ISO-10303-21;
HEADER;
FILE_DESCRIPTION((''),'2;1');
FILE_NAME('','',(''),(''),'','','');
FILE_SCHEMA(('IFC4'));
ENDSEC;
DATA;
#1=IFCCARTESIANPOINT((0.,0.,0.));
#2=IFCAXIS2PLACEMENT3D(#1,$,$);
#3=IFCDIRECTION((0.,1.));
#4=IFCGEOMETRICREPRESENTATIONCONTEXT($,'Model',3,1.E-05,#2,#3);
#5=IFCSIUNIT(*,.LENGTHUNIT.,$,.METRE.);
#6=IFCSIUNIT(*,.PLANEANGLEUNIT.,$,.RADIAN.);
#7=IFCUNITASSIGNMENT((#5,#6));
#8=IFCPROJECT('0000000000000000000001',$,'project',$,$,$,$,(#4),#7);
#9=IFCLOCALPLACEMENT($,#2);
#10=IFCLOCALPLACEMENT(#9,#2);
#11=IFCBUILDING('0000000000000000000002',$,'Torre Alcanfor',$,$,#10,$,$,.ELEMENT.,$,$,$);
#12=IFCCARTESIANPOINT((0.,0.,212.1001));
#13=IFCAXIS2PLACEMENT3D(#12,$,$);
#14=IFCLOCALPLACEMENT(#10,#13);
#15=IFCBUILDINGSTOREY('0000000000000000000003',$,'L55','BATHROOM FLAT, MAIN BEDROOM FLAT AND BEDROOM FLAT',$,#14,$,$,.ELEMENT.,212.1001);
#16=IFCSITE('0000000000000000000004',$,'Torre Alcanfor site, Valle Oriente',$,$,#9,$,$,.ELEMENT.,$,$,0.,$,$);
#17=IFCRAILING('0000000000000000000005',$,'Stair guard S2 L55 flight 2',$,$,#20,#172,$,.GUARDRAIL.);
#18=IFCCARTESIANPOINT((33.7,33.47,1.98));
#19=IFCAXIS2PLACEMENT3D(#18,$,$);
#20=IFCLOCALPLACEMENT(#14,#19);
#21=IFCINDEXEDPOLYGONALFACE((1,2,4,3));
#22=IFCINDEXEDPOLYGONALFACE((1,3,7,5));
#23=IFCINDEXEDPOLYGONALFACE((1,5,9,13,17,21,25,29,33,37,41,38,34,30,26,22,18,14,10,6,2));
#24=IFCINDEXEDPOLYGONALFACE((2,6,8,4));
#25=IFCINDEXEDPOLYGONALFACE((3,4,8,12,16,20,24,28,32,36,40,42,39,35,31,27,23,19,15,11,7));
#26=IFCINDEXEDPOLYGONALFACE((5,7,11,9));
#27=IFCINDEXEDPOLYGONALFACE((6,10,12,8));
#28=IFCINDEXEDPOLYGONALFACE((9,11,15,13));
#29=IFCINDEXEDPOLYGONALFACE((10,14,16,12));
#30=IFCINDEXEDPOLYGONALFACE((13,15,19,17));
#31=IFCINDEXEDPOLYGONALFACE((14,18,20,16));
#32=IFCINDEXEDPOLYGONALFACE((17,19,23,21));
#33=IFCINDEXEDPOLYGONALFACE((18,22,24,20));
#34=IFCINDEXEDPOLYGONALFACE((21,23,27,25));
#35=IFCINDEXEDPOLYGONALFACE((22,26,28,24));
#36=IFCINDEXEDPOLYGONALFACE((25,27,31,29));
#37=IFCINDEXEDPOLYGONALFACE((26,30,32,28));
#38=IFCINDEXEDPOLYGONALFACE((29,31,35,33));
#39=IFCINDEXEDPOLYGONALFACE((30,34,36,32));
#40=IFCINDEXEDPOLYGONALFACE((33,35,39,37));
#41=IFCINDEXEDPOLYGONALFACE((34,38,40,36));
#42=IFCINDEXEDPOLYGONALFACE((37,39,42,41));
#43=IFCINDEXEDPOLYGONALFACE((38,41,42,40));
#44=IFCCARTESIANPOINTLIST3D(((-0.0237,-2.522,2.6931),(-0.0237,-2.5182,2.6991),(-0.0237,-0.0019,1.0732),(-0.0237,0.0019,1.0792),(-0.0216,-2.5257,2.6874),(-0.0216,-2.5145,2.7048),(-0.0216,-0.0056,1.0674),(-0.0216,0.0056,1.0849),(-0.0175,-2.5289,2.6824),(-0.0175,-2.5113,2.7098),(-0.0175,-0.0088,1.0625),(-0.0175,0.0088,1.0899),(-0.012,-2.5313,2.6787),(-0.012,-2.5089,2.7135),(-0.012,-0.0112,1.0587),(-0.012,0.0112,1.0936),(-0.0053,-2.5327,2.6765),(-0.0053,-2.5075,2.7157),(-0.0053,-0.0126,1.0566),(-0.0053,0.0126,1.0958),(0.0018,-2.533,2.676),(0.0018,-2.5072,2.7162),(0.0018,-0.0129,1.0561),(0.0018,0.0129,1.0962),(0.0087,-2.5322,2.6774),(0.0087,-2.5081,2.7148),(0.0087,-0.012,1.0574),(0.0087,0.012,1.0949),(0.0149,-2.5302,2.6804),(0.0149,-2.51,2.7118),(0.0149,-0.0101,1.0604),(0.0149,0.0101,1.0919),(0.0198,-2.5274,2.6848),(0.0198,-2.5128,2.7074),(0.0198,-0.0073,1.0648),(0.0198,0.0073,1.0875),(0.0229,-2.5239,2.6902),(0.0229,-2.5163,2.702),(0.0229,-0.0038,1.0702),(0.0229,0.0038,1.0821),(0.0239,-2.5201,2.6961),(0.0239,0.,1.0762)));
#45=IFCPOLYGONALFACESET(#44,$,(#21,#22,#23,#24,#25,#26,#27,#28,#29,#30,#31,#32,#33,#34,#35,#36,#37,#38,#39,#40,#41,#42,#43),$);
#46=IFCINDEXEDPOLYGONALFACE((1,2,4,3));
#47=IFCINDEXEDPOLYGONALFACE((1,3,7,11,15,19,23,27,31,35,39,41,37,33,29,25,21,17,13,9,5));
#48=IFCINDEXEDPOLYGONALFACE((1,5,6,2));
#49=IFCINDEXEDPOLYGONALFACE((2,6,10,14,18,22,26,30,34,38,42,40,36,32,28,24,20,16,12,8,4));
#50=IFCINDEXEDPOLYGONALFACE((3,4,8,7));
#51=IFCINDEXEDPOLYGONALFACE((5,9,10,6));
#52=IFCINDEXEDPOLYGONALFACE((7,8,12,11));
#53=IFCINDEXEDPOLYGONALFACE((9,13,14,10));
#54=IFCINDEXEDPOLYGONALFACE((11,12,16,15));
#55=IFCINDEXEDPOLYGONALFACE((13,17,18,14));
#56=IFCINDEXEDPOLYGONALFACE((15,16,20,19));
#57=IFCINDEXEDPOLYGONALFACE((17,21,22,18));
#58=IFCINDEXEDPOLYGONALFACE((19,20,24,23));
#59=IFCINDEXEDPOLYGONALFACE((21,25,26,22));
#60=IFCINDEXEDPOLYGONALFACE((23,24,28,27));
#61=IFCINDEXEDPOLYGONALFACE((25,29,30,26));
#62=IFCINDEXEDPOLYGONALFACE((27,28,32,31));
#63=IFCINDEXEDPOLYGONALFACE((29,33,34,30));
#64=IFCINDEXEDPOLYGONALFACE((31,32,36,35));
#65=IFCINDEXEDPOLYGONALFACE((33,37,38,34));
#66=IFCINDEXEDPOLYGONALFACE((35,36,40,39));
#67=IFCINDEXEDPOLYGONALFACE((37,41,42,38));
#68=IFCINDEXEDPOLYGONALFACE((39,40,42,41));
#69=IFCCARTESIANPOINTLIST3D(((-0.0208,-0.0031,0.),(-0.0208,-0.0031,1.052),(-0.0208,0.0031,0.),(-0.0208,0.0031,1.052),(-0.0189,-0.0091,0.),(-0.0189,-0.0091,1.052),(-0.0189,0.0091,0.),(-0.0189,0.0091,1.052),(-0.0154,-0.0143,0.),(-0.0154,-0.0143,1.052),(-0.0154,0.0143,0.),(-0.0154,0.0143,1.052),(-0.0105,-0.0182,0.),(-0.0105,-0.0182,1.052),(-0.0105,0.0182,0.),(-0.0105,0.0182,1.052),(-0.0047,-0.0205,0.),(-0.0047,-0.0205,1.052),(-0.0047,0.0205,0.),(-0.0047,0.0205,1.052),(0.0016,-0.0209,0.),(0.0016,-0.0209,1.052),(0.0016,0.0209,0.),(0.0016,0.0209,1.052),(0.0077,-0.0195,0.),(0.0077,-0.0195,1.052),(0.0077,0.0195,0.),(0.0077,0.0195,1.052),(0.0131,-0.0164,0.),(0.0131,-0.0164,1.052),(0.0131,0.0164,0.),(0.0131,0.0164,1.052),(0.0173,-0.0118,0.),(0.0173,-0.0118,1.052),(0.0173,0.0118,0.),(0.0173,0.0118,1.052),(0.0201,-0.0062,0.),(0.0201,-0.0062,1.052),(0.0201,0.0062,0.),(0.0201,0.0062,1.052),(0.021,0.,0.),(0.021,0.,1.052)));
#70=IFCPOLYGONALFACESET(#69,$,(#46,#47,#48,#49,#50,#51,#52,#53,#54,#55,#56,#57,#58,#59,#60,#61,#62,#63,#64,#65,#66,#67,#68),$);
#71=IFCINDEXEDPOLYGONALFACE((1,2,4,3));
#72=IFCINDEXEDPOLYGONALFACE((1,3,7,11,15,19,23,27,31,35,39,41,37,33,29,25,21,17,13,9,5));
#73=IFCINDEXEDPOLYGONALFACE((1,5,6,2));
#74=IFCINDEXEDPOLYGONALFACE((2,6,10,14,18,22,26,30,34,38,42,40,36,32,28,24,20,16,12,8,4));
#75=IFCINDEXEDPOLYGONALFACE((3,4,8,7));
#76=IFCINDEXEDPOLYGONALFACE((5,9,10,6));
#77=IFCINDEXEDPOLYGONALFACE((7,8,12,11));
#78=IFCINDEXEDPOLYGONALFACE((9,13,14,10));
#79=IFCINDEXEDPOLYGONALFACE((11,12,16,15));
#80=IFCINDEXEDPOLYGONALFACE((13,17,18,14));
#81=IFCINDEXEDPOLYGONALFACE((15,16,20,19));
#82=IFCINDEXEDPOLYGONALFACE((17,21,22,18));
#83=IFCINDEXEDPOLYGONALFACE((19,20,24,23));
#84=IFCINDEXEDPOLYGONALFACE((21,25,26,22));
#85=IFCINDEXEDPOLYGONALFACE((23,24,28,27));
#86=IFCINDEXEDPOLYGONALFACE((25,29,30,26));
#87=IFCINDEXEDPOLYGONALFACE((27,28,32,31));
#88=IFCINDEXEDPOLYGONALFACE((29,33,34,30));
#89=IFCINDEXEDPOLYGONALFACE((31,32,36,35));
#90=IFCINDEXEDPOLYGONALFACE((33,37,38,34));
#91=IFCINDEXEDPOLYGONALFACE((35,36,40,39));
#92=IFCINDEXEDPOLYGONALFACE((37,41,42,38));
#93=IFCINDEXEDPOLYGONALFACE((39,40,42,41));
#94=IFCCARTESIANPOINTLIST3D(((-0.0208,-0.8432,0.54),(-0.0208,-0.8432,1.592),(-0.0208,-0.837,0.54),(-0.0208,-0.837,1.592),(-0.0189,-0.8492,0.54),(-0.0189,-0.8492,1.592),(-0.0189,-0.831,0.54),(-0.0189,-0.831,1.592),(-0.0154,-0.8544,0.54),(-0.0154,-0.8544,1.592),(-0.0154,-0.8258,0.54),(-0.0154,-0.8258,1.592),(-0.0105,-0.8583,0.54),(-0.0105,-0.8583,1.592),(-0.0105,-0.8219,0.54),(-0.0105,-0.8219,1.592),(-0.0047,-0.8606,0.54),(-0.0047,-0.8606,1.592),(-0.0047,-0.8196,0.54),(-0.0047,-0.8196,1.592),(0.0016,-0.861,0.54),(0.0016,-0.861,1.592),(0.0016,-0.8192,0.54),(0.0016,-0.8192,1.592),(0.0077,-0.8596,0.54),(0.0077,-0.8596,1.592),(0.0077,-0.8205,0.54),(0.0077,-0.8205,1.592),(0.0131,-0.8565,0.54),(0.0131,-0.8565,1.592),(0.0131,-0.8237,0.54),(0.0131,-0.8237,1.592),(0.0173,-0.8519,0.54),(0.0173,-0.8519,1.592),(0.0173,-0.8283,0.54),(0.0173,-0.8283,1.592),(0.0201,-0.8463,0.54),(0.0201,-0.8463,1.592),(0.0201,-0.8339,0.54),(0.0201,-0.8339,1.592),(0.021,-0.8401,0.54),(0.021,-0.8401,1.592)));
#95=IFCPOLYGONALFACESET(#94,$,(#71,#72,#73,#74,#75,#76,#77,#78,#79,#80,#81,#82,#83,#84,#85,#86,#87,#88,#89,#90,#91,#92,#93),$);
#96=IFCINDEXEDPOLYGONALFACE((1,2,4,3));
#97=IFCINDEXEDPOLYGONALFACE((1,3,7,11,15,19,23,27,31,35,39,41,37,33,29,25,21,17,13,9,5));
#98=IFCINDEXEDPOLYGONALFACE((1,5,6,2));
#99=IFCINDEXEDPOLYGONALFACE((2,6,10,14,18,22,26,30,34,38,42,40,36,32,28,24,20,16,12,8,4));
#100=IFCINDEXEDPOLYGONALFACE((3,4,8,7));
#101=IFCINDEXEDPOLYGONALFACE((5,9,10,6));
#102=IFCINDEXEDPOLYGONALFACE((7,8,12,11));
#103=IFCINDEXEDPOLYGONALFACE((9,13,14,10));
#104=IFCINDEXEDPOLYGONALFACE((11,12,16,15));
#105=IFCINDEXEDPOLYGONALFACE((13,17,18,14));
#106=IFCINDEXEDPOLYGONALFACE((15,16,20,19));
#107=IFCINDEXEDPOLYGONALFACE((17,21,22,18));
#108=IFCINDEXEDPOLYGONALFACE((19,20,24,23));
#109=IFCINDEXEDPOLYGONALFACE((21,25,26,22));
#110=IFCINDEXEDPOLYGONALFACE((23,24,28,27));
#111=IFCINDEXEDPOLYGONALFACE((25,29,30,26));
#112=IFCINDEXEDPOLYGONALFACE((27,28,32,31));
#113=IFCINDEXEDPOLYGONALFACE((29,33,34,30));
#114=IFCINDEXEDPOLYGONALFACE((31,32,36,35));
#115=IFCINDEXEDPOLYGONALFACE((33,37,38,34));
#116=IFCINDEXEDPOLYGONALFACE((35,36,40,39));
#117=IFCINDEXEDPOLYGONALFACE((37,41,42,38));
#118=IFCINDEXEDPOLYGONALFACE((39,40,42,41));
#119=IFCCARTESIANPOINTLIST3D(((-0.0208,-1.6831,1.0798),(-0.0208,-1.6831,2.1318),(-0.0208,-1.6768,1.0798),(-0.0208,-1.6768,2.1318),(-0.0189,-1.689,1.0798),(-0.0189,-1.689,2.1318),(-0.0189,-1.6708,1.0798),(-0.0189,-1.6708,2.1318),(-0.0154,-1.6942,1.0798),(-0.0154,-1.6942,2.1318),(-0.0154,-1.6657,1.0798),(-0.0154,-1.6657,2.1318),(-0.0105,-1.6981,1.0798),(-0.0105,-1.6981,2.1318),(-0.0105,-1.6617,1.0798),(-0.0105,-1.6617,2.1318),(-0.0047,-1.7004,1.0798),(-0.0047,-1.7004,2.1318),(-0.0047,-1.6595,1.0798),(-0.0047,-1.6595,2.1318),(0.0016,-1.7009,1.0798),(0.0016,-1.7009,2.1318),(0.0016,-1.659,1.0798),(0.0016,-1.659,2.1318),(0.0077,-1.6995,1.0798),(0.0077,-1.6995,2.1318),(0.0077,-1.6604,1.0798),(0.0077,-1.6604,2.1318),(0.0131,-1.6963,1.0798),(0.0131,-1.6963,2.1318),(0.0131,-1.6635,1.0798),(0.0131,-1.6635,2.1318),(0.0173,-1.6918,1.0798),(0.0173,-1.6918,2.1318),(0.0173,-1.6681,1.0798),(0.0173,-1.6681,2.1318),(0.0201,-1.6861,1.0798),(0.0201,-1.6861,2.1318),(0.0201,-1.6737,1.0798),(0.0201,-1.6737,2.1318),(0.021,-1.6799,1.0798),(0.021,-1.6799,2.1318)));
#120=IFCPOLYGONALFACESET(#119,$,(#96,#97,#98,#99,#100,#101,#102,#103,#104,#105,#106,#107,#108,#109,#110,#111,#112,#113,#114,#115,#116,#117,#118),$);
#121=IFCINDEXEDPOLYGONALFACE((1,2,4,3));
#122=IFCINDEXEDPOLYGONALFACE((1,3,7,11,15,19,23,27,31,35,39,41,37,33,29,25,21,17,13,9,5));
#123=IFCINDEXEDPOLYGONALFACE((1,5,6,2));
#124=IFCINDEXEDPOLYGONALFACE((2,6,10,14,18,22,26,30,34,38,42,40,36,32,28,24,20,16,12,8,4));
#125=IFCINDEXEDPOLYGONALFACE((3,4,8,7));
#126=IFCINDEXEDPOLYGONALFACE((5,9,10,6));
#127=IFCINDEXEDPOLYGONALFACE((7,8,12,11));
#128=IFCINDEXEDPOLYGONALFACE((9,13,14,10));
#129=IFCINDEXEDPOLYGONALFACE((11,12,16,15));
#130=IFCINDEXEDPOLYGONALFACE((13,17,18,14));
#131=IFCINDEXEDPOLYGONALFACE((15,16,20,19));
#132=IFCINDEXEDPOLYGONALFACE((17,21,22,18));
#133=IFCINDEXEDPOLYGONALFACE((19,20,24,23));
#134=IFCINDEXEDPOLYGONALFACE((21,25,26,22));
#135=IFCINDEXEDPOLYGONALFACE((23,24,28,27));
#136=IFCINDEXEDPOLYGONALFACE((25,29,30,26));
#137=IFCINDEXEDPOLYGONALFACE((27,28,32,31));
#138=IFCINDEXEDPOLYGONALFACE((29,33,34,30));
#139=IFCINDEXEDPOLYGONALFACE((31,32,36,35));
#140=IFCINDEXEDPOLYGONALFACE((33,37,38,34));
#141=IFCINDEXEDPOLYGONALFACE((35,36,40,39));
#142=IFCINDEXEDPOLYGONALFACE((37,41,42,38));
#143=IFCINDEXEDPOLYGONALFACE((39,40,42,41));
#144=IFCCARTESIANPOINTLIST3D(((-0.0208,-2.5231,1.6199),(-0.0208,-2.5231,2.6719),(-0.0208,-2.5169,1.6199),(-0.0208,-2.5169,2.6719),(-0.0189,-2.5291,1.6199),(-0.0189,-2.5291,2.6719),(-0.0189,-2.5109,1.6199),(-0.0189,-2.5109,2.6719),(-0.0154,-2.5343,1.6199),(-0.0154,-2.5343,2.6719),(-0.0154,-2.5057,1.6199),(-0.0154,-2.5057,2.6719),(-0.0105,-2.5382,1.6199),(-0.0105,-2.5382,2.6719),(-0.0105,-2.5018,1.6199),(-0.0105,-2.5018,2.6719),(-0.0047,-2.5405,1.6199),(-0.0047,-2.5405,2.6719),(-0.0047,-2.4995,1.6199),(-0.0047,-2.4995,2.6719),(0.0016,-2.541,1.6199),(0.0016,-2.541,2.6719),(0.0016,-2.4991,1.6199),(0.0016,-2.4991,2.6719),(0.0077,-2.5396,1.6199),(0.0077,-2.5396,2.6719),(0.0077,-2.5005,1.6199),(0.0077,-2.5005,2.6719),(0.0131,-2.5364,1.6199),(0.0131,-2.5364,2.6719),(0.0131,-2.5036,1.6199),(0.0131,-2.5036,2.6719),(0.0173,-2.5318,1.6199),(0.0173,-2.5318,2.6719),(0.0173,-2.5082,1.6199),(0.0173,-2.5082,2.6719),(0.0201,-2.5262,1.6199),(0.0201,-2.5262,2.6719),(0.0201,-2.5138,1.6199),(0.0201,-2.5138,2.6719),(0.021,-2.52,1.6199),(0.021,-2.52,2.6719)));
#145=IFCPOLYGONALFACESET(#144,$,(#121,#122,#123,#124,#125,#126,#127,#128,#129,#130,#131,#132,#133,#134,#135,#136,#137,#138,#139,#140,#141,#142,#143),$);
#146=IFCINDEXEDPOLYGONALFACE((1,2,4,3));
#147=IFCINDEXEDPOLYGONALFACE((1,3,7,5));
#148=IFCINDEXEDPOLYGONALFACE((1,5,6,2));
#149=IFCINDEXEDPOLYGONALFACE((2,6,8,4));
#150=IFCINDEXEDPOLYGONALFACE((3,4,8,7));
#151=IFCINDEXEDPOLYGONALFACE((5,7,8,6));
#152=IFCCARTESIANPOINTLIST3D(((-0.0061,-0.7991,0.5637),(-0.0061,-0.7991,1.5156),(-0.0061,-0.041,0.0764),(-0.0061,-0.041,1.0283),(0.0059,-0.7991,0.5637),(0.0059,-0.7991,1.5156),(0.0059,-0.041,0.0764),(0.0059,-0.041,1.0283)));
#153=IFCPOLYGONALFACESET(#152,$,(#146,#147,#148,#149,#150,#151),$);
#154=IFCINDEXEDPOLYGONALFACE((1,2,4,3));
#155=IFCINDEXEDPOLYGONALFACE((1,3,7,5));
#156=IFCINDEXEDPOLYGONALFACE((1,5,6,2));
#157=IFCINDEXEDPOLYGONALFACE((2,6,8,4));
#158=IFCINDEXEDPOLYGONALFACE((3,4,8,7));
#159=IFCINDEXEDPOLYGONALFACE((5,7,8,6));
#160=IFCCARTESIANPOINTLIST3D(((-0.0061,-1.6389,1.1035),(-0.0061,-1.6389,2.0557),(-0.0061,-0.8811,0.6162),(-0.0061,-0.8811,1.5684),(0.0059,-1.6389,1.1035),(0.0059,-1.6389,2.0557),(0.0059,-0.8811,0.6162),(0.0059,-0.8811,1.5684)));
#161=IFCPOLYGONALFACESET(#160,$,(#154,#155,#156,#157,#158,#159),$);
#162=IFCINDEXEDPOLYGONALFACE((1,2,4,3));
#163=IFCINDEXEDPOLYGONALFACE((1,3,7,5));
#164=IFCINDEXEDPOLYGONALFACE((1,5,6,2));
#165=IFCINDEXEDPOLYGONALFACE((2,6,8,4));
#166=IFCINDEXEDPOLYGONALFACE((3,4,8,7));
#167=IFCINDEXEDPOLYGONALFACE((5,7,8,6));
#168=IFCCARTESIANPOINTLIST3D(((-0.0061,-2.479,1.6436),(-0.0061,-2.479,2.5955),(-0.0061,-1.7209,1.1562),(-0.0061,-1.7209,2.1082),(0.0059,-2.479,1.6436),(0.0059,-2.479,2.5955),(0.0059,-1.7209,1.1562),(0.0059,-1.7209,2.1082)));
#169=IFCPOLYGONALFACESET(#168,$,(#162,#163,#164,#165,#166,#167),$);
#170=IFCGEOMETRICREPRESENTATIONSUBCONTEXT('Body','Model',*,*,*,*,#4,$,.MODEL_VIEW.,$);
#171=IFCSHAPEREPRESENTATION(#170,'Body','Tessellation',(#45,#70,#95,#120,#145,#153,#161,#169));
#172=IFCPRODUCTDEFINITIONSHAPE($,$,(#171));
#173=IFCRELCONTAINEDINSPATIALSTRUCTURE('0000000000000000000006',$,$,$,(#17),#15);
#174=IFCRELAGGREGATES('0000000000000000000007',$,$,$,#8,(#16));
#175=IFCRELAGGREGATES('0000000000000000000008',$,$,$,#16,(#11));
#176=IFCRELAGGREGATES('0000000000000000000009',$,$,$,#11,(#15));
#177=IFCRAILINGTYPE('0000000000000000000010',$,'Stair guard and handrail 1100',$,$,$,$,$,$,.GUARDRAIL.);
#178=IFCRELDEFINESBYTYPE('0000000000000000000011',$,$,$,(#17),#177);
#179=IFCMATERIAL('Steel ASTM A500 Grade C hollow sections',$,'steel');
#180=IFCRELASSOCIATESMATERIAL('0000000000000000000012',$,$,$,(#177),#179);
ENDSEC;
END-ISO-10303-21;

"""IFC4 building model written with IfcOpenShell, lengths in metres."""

from ifc_helpers import new_model, si_unit, direction, frame, origin, origin_2d, place, context, subcontext, project, spatial, polyline, circle, outline, extrude, material, type_object, element, save


model = new_model("IFC4")

# Units and contexts
model_context = context("Model", 3, precision=1e-05, world=origin(), true_north=direction((0.0, 1.0)))
body_context = subcontext(model_context, "Body", "Model", "MODEL_VIEW")
ifc_project = project(units=[si_unit("LENGTHUNIT", "METRE"), si_unit("PLANEANGLEUNIT", "RADIAN")], contexts=[model_context])

# Site, building, storey
site_placement = place(None, origin())
site = spatial("IfcSite", under=ifc_project, at=site_placement, Name="Torre Alcanfor site, Valle Oriente", CompositionType="ELEMENT", RefElevation=0.0)
building_placement = place(site_placement, origin())
building = spatial("IfcBuilding", under=site, at=building_placement, Name="Torre Alcanfor", CompositionType="ELEMENT")
storey_placement = place(building_placement, frame((0.0, 0.0, 212.1001)))
storey = spatial("IfcBuildingStorey", under=building, at=storey_placement, Name="L55", Description="BATHROOM FLAT, MAIN BEDROOM FLAT AND BEDROOM FLAT", CompositionType="ELEMENT", Elevation=212.1001)

# Railing
ifc_material_1 = material(Name="Steel ASTM A500 Grade C hollow sections", Category="steel")
railing_type_1 = type_object("IfcRailingType", Name="Stair guard and handrail 1100", PredefinedType="GUARDRAIL", material=ifc_material_1)
railing_1_placement = place(storey_placement, frame((33.7, 33.47, 1.98)))
element("IfcRailing", 1, at=railing_1_placement, inside=storey, type_object=railing_type_1, Name="Stair guard S2 L55 flight 2", PredefinedType="GUARDRAIL", context=body_context, shape_type="SweptSolid", body=[
    extrude(circle(Radius=0.0239, at=origin_2d()), frame((0.0, 0.0, 1.0762), z_axis=(0.0, -0.8412, 0.540725), x_axis=(1.0, 0.0, 0.0)), (0.0, 0.0, 1.0), 2.9958),
    extrude(circle(Radius=0.021, at=origin_2d()), origin(), (0.0, 0.0, 1.0), 1.052),
    extrude(circle(Radius=0.021, at=origin_2d()), frame((0.0, -0.8401, 0.54)), (0.0, 0.0, 1.0), 1.052),
    extrude(circle(Radius=0.021, at=origin_2d()), frame((0.0, -1.6799, 1.0798)), (0.0, 0.0, 1.0), 1.052),
    extrude(circle(Radius=0.021, at=origin_2d()), frame((0.0, -2.52, 1.6199)), (0.0, 0.0, 1.0), 1.052),
    extrude(outline(polyline([(0.041, 0.0764), (0.7991, 0.5637), (0.7991, 1.5156), (0.041, 1.0283), (0.041, 0.0764)])), frame((0.0059, 0.0, 0.0), z_axis=(-1.0, 0.0, 0.0), x_axis=(0.0, -1.0, 0.0)), (0.0, 0.0, 1.0), 0.012),
    extrude(outline(polyline([(0.8811, 0.6162), (1.6389, 1.1035), (1.6389, 2.0557), (0.8811, 1.5684), (0.8811, 0.6162)])), frame((0.0059, 0.0, 0.0), z_axis=(-1.0, 0.0, 0.0), x_axis=(0.0, -1.0, 0.0)), (0.0, 0.0, 1.0), 0.012),
    extrude(outline(polyline([(1.7209, 1.1562), (2.479, 1.6436), (2.479, 2.5955), (1.7209, 2.1082), (1.7209, 1.1562)])), frame((0.0059, 0.0, 0.0), z_axis=(-1.0, 0.0, 0.0), x_axis=(0.0, -1.0, 0.0)), (0.0, 0.0, 1.0), 0.012),
])

save(model, "model.ifc")
